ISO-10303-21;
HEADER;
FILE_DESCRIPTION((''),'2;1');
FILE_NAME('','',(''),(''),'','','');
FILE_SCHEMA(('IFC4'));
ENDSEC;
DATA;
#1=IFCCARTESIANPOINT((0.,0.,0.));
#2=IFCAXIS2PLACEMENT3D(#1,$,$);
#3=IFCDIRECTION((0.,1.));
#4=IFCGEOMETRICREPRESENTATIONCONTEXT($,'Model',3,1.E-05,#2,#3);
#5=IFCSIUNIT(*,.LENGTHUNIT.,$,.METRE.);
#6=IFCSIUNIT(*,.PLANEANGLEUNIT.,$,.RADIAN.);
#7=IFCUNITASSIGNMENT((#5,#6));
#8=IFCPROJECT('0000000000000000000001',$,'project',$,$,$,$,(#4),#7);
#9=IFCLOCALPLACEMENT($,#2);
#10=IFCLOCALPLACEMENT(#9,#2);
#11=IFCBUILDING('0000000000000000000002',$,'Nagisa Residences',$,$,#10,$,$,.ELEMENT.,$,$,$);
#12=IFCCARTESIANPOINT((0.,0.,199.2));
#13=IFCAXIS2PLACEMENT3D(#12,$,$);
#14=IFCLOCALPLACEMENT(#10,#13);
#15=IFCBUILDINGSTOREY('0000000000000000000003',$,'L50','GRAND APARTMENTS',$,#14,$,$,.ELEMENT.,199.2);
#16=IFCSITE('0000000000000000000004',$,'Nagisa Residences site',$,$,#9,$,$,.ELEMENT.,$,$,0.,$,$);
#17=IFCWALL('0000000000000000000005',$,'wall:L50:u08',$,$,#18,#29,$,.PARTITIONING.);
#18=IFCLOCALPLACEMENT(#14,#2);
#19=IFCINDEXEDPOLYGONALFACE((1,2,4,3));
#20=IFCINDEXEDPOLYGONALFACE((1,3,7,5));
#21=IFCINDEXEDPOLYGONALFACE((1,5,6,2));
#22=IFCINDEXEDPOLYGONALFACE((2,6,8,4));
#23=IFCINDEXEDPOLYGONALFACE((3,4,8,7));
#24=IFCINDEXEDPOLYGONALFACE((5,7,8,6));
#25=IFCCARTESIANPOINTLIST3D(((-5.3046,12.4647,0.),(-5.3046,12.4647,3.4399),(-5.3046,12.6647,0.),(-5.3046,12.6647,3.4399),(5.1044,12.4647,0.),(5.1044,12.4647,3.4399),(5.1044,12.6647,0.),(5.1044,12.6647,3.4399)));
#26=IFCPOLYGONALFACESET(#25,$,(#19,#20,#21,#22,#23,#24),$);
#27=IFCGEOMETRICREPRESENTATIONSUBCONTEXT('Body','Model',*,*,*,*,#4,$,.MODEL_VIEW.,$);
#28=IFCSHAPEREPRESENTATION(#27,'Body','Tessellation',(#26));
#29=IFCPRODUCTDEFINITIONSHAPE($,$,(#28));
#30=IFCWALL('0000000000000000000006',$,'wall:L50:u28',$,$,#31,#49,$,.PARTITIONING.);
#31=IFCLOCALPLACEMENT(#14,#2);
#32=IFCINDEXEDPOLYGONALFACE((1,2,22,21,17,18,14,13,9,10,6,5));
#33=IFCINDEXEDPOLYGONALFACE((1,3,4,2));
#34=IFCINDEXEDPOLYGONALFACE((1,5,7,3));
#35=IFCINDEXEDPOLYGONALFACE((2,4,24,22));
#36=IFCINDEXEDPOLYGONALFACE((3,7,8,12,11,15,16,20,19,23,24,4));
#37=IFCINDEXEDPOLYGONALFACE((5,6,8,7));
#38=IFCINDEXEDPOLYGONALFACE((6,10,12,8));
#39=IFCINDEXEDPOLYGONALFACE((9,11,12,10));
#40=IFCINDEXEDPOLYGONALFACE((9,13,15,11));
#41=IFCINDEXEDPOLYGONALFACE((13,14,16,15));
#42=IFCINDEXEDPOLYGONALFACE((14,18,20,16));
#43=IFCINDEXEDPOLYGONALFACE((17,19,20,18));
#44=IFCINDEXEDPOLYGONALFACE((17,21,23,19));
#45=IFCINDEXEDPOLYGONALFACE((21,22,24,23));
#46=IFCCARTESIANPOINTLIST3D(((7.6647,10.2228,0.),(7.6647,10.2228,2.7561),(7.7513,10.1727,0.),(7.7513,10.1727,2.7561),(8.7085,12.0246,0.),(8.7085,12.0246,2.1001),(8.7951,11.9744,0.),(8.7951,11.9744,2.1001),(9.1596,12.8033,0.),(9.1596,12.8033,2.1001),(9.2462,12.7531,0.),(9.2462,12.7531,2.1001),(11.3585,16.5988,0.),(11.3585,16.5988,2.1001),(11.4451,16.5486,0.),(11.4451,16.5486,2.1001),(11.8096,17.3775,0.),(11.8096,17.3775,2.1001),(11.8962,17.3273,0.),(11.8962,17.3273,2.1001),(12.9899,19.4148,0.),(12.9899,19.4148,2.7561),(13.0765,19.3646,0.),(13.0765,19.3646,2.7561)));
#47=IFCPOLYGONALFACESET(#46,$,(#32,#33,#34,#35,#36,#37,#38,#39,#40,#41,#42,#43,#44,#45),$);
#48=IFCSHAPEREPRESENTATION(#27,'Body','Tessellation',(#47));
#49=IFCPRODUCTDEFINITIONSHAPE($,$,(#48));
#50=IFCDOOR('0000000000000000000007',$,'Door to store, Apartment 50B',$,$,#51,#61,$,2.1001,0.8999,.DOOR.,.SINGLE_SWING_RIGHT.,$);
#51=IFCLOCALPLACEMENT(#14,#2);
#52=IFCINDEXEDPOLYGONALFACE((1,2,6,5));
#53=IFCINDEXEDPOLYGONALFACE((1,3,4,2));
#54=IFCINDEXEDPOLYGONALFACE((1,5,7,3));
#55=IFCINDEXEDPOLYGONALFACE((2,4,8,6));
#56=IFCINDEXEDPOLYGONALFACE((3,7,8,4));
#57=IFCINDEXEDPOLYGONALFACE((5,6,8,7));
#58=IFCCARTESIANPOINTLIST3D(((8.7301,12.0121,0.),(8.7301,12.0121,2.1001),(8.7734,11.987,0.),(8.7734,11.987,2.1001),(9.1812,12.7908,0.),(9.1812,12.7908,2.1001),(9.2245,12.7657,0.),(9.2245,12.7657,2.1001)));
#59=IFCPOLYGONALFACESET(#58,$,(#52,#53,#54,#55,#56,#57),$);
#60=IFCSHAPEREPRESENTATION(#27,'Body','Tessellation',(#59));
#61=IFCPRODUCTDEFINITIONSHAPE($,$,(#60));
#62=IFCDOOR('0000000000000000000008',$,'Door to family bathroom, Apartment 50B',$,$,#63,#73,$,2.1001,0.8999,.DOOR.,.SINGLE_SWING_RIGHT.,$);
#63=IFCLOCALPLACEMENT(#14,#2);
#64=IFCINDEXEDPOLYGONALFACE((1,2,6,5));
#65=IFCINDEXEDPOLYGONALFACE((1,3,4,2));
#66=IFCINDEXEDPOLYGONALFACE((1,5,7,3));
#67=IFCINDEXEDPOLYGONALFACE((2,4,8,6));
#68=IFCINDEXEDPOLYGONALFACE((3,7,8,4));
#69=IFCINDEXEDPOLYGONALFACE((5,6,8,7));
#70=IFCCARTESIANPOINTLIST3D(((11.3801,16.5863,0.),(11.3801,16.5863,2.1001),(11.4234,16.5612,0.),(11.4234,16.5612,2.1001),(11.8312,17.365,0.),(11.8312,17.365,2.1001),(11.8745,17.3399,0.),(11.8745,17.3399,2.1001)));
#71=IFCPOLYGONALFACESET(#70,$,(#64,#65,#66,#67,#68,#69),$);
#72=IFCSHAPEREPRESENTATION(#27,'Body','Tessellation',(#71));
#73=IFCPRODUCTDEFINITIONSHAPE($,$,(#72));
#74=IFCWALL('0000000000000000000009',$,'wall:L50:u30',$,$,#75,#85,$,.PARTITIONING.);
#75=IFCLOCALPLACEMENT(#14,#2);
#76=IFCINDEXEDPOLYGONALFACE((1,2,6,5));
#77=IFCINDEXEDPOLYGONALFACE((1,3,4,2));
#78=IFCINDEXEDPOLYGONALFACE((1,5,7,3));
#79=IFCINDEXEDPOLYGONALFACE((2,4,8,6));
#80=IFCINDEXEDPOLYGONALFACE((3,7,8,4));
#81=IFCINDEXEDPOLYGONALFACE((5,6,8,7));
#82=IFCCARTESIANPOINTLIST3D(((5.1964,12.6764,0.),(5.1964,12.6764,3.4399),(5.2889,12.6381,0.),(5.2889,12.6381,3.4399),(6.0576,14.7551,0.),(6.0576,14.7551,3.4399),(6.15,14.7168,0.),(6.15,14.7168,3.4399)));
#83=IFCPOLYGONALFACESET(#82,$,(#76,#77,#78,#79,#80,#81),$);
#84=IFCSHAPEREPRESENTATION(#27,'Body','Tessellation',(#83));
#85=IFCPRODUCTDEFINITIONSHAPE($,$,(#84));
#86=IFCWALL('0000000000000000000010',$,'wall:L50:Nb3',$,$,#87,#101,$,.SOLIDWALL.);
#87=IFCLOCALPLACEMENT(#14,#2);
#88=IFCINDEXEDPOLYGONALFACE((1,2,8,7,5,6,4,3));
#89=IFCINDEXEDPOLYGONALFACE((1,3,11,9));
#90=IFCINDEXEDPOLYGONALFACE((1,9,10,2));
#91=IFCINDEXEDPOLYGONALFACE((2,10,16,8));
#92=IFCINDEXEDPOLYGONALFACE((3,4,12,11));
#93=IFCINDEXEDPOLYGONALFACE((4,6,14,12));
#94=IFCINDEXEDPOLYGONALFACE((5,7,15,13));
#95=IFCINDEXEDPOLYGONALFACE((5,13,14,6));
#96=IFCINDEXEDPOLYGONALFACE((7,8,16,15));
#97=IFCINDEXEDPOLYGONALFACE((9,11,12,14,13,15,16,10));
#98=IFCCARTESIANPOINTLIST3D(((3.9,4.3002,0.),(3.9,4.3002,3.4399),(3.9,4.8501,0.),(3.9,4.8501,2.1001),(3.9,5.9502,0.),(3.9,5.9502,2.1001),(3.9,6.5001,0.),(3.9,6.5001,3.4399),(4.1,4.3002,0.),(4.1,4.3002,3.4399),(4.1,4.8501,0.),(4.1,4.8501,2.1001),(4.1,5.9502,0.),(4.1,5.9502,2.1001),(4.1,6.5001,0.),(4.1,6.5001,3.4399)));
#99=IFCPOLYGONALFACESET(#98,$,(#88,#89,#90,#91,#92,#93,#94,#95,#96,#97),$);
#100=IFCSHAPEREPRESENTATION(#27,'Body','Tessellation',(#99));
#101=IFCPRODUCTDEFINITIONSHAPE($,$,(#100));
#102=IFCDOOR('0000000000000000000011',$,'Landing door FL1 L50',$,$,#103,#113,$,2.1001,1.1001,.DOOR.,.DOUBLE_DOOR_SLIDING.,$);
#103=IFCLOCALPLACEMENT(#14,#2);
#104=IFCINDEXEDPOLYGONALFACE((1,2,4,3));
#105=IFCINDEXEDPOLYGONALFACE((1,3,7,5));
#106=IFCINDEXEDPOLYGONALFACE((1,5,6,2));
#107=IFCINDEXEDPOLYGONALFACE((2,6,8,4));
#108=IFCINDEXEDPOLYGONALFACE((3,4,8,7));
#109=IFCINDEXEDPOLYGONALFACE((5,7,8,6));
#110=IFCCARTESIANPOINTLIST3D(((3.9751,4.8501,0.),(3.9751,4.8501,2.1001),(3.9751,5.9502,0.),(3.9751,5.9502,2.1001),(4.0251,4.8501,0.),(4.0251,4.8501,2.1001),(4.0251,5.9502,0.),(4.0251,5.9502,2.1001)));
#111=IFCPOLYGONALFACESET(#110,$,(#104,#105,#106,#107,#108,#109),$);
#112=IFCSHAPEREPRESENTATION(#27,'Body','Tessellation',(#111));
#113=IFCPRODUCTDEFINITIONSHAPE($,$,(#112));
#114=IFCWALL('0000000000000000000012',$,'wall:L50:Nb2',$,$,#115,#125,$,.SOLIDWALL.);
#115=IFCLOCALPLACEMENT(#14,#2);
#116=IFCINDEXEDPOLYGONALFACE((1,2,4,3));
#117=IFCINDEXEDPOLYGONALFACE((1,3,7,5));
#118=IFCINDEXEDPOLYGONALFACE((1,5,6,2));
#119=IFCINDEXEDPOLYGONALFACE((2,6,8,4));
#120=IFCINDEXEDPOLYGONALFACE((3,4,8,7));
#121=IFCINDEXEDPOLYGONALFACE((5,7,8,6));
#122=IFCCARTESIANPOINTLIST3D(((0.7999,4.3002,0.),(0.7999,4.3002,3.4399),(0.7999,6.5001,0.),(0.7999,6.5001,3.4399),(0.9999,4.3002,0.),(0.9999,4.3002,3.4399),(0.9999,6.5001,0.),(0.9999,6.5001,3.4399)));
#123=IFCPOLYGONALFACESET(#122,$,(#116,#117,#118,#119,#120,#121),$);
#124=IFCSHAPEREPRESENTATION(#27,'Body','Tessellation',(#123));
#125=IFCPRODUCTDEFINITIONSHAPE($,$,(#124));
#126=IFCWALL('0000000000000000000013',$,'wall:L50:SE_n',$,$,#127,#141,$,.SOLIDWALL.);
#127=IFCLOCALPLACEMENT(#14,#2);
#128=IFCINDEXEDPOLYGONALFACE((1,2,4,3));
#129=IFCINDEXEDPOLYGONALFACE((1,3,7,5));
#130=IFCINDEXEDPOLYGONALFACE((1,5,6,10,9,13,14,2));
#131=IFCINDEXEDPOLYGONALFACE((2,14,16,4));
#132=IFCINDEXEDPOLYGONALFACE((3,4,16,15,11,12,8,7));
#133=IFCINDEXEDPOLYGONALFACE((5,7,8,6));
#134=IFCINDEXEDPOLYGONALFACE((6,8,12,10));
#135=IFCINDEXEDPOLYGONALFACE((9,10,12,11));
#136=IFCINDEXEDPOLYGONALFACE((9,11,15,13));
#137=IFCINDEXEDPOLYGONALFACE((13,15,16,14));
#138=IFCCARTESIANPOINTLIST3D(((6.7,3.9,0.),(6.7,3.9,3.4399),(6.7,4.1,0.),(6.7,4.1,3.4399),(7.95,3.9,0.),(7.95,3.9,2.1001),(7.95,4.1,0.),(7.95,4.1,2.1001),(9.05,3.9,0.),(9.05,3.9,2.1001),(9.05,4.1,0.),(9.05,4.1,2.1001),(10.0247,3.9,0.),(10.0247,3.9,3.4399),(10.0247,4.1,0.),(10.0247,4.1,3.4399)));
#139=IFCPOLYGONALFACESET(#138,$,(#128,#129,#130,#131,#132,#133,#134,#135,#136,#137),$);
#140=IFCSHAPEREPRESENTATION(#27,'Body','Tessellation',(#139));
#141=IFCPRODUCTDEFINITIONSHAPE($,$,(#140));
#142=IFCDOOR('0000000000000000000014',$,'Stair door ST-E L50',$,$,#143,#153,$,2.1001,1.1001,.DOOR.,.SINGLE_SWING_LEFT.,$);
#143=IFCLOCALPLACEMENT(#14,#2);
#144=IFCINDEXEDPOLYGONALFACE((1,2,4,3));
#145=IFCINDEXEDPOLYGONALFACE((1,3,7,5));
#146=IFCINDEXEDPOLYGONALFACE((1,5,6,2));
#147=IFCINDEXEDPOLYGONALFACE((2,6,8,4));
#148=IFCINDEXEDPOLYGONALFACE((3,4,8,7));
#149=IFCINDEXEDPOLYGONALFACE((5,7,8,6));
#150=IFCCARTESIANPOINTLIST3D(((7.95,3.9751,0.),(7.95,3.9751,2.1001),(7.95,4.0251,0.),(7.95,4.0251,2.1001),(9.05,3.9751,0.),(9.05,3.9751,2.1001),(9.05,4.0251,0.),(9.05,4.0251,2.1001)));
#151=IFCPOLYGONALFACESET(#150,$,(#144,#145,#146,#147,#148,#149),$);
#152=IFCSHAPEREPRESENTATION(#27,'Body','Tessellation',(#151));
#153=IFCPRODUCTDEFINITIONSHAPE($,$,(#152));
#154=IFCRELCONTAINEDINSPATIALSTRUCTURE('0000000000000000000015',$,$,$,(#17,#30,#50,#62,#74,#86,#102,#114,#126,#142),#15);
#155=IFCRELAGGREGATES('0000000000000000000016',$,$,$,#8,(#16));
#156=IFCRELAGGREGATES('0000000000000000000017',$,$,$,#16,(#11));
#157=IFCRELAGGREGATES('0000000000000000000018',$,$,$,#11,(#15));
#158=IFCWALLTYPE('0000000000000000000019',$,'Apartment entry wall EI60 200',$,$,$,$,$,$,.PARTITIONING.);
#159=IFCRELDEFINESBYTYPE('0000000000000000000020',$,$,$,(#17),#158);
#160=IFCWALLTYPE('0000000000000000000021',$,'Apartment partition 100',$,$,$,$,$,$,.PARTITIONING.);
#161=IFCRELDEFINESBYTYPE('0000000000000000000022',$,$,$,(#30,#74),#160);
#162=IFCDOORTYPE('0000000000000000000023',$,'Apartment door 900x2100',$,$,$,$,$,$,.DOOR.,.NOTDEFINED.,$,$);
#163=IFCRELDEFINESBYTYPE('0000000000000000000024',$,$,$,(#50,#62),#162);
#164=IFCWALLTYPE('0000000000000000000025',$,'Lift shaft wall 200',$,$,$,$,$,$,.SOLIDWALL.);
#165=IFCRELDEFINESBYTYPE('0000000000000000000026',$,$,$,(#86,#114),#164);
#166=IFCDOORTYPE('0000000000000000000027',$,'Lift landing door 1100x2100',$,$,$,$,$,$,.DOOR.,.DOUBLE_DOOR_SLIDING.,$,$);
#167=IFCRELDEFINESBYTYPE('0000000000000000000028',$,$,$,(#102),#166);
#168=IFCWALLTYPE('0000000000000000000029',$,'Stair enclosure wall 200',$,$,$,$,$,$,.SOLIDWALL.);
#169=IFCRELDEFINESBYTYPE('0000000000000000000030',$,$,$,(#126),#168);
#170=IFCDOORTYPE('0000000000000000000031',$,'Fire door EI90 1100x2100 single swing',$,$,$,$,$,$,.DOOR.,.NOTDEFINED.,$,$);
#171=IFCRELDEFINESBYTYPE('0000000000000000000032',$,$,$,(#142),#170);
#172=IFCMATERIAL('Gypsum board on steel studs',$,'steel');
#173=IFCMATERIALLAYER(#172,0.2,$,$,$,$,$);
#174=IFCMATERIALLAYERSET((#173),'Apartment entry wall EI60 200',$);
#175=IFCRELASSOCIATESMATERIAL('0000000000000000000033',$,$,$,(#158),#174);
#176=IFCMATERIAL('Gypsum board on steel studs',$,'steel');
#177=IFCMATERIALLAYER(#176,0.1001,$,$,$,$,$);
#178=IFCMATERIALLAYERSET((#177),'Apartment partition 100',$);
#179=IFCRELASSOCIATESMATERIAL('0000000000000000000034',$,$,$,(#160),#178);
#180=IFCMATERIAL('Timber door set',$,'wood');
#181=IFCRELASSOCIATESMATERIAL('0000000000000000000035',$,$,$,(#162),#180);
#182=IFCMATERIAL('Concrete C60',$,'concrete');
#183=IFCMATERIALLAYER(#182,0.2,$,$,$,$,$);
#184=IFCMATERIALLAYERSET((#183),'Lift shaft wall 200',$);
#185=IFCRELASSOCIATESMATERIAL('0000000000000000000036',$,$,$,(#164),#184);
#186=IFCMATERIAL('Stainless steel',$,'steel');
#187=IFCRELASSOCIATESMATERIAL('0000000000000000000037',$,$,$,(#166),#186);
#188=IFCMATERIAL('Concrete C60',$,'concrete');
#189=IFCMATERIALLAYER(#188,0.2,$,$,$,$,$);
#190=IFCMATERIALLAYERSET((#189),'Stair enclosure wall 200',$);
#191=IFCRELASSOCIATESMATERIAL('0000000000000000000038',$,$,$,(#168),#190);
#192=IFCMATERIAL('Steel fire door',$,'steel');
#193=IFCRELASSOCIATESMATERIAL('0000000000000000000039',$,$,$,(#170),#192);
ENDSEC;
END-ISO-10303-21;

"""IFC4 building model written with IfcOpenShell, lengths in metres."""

from ifc_helpers import new_model, si_unit, direction, frame, frame_2d, origin, place, context, subcontext, project, spatial, rectangle, extrude, material, layer, layer_set, type_object, element, fill, save


model = new_model("IFC4")

# Units and contexts
model_context = context("Model", 3, precision=1e-05, world=origin(), true_north=direction((0.0, 1.0)))
body_context = subcontext(model_context, "Body", "Model", "MODEL_VIEW")
ifc_project = project(units=[si_unit("LENGTHUNIT", "METRE"), si_unit("PLANEANGLEUNIT", "RADIAN")], contexts=[model_context])

# Site, building, storey
site_placement = place(None, origin())
site = spatial("IfcSite", under=ifc_project, at=site_placement, Name="Nagisa Residences site", CompositionType="ELEMENT", RefElevation=0.0)
building_placement = place(site_placement, origin())
building = spatial("IfcBuilding", under=site, at=building_placement, Name="Nagisa Residences", CompositionType="ELEMENT")
storey_placement = place(building_placement, frame((0.0, 0.0, 199.2)))
storey = spatial("IfcBuildingStorey", under=building, at=storey_placement, Name="L50", Description="GRAND APARTMENTS", CompositionType="ELEMENT", Elevation=199.2)

# Wall
ifc_material_1 = material(Name="Gypsum board on steel studs", Category="steel")
ifc_layer_1 = layer(ifc_material_1, 0.2)
ifc_layer_set_1 = layer_set([ifc_layer_1], Name="Apartment entry wall EI60 200")
wall_type_1 = type_object("IfcWallType", Name="Apartment entry wall EI60 200", PredefinedType="PARTITIONING", material=ifc_layer_set_1)
wall_1_placement = place(storey_placement, frame((5.1045, 12.5647, 0.0), z_axis=(0.0, 0.0, 1.0), x_axis=(-1.0, 0.0, 0.0)))
element("IfcWall", 1, at=wall_1_placement, inside=storey, type_object=wall_type_1, Name="wall:L50:u08", PredefinedType="PARTITIONING", context=body_context, shape_type="SweptSolid", body=[
    extrude(rectangle(XDim=10.4089, YDim=0.2, at=frame_2d((5.2046, 0.0))), origin(), (0.0, 0.0, 1.0), 3.4399),
])

# Wall, openings, doors
ifc_material_2 = material(Name="Gypsum board on steel studs", Category="steel")
ifc_layer_2 = layer(ifc_material_2, 0.1001)
ifc_layer_set_2 = layer_set([ifc_layer_2], Name="Apartment partition 100")
wall_type_2 = type_object("IfcWallType", Name="Apartment partition 100", PredefinedType="PARTITIONING", material=ifc_layer_set_2)
wall_2_placement = place(storey_placement, frame((7.708, 10.1978, 0.0), z_axis=(0.0, 0.0, 1.0), x_axis=(0.501288, 0.86528, 0.0)))
wall_2 = element("IfcWall", 2, at=wall_2_placement, inside=storey, type_object=wall_type_2, Name="wall:L50:u28", PredefinedType="PARTITIONING", context=body_context, shape_type="SweptSolid", body=[
    extrude(rectangle(XDim=10.623, YDim=0.1001, at=frame_2d((5.3115, 0.0))), origin(), (0.0, 0.0, 1.0), 2.7561),
])
opening_1_placement = place(wall_2_placement, frame((2.0823, 0.0, 0.0)))
opening_1 = element("IfcOpeningElement", 3, at=opening_1_placement, cuts=wall_2, PredefinedType="OPENING", context=body_context, shape_type="SweptSolid", body=[
    extrude(rectangle(XDim=0.8999, YDim=2.1001, at=frame_2d((0.45, 1.05))), frame((0.0, 0.0601, 0.0), z_axis=(0.0, -1.0, 0.0), x_axis=(1.0, 0.0, 0.0)), (0.0, 0.0, 1.0), 0.1201),
])
opening_2_placement = place(wall_2_placement, frame((7.3687, 0.0, 0.0)))
opening_2 = element("IfcOpeningElement", 4, at=opening_2_placement, cuts=wall_2, PredefinedType="OPENING", context=body_context, shape_type="SweptSolid", body=[
    extrude(rectangle(XDim=0.8999, YDim=2.1001, at=frame_2d((0.45, 1.05))), frame((0.0, 0.0601, 0.0), z_axis=(0.0, -1.0, 0.0), x_axis=(1.0, 0.0, 0.0)), (0.0, 0.0, 1.0), 0.1201),
])
ifc_material_3 = material(Name="Timber door set", Category="wood")
door_type_1 = type_object("IfcDoorType", Name="Apartment door 900x2100", OperationType="NOTDEFINED", PredefinedType="DOOR", material=ifc_material_3)
door_1_placement = place(opening_1_placement, frame((0.8999, 0.0, 0.0), x_axis=(-1.0, 0.0, 0.0)))
door_1 = element("IfcDoor", 5, at=door_1_placement, inside=storey, type_object=door_type_1, Name="Door to store, Apartment 50B", OperationType="SINGLE_SWING_RIGHT", OverallHeight=2.1001, OverallWidth=0.8999, PredefinedType="DOOR", context=body_context, shape_type="SweptSolid", body=[
    extrude(rectangle(XDim=0.8999, YDim=2.1001, at=frame_2d((0.45, 1.05))), frame((0.0, 0.0249, 0.0), z_axis=(0.0, -1.0, 0.0), x_axis=(1.0, 0.0, 0.0)), (0.0, 0.0, 1.0), 0.05),
])
fill(opening_1, door_1)
door_2_placement = place(opening_2_placement, frame((0.8999, 0.0, 0.0), x_axis=(-1.0, 0.0, 0.0)))
door_2 = element("IfcDoor", 6, at=door_2_placement, inside=storey, type_object=door_type_1, Name="Door to family bathroom, Apartment 50B", OperationType="SINGLE_SWING_RIGHT", OverallHeight=2.1001, OverallWidth=0.8999, PredefinedType="DOOR", context=body_context, shape_type="SweptSolid", body=[
    extrude(rectangle(XDim=0.8999, YDim=2.1001, at=frame_2d((0.45, 1.05))), frame((0.0, 0.0249, 0.0), z_axis=(0.0, -1.0, 0.0), x_axis=(1.0, 0.0, 0.0)), (0.0, 0.0, 1.0), 0.05),
])
fill(opening_2, door_2)

# Wall
wall_3_placement = place(storey_placement, frame((5.2427, 12.6572, 0.0), z_axis=(0.0, 0.0, 1.0), x_axis=(0.382719, 0.923865, 0.0)))
element("IfcWall", 7, at=wall_3_placement, inside=storey, type_object=wall_type_2, Name="wall:L50:u30", PredefinedType="PARTITIONING", context=body_context, shape_type="SweptSolid", body=[
    extrude(rectangle(XDim=2.25, YDim=0.1001, at=frame_2d((1.125, 0.0))), origin(), (0.0, 0.0, 1.0), 3.4399),
])

# Wall, opening, door
ifc_material_4 = material(Name="Concrete C60", Category="concrete")
ifc_layer_3 = layer(ifc_material_4, 0.2)
ifc_layer_set_3 = layer_set([ifc_layer_3], Name="Lift shaft wall 200")
wall_type_3 = type_object("IfcWallType", Name="Lift shaft wall 200", PredefinedType="SOLIDWALL", material=ifc_layer_set_3)
wall_4_placement = place(storey_placement, frame((4.0, 4.3, 0.0), z_axis=(0.0, 0.0, 1.0), x_axis=(0.0, 1.0, 0.0)))
wall_4 = element("IfcWall", 8, at=wall_4_placement, inside=storey, type_object=wall_type_3, Name="wall:L50:Nb3", PredefinedType="SOLIDWALL", context=body_context, shape_type="SweptSolid", body=[
    extrude(rectangle(XDim=2.2, YDim=0.2, at=frame_2d((1.1001, 0.0))), origin(), (0.0, 0.0, 1.0), 3.4399),
])
opening_3_placement = place(wall_4_placement, frame((0.55, 0.0, 0.0)))
opening_3 = element("IfcOpeningElement", 9, at=opening_3_placement, cuts=wall_4, PredefinedType="OPENING", context=body_context, shape_type="SweptSolid", body=[
    extrude(rectangle(XDim=1.1001, YDim=2.1001, at=frame_2d((0.55, 1.05))), frame((0.0, 0.1099, 0.0), z_axis=(0.0, -1.0, 0.0), x_axis=(1.0, 0.0, 0.0)), (0.0, 0.0, 1.0), 0.22),
])
ifc_material_5 = material(Name="Stainless steel", Category="steel")
door_type_2 = type_object("IfcDoorType", Name="Lift landing door 1100x2100", OperationType="DOUBLE_DOOR_SLIDING", PredefinedType="DOOR", material=ifc_material_5)
door_3_placement = place(opening_3_placement, origin())
door_3 = element("IfcDoor", 10, at=door_3_placement, inside=storey, type_object=door_type_2, Name="Landing door FL1 L50", OperationType="DOUBLE_DOOR_SLIDING", OverallHeight=2.1001, OverallWidth=1.1001, PredefinedType="DOOR", context=body_context, shape_type="SweptSolid", body=[
    extrude(rectangle(XDim=1.1001, YDim=2.1001, at=frame_2d((0.55, 1.05))), frame((0.0, 0.0249, 0.0), z_axis=(0.0, -1.0, 0.0), x_axis=(1.0, 0.0, 0.0)), (0.0, 0.0, 1.0), 0.05),
])
fill(opening_3, door_3)

# Wall
wall_5_placement = place(storey_placement, frame((0.8999, 4.3, 0.0), z_axis=(0.0, 0.0, 1.0), x_axis=(0.0, 1.0, 0.0)))
element("IfcWall", 11, at=wall_5_placement, inside=storey, type_object=wall_type_3, Name="wall:L50:Nb2", PredefinedType="SOLIDWALL", context=body_context, shape_type="SweptSolid", body=[
    extrude(rectangle(XDim=2.2, YDim=0.2, at=frame_2d((1.1001, 0.0))), origin(), (0.0, 0.0, 1.0), 3.4399),
])

# Wall, opening, door
ifc_material_6 = material(Name="Concrete C60", Category="concrete")
ifc_layer_4 = layer(ifc_material_6, 0.2)
ifc_layer_set_4 = layer_set([ifc_layer_4], Name="Stair enclosure wall 200")
wall_type_4 = type_object("IfcWallType", Name="Stair enclosure wall 200", PredefinedType="SOLIDWALL", material=ifc_layer_set_4)
wall_6_placement = place(storey_placement, frame((6.7, 4.0, 0.0), z_axis=(0.0, 0.0, 1.0), x_axis=(1.0, 0.0, 0.0)))
wall_6 = element("IfcWall", 12, at=wall_6_placement, inside=storey, type_object=wall_type_4, Name="wall:L50:SE_n", PredefinedType="SOLIDWALL", context=body_context, shape_type="SweptSolid", body=[
    extrude(rectangle(XDim=3.3247, YDim=0.2, at=frame_2d((1.6624, 0.0))), origin(), (0.0, 0.0, 1.0), 3.4399),
])
opening_4_placement = place(wall_6_placement, frame((1.25, 0.0, 0.0)))
opening_4 = element("IfcOpeningElement", 13, at=opening_4_placement, cuts=wall_6, PredefinedType="OPENING", context=body_context, shape_type="SweptSolid", body=[
    extrude(rectangle(XDim=1.1001, YDim=2.1001, at=frame_2d((0.55, 1.05))), frame((0.0, 0.1099, 0.0), z_axis=(0.0, -1.0, 0.0), x_axis=(1.0, 0.0, 0.0)), (0.0, 0.0, 1.0), 0.22),
])
ifc_material_7 = material(Name="Steel fire door", Category="steel")
door_type_3 = type_object("IfcDoorType", Name="Fire door EI90 1100x2100 single swing", OperationType="NOTDEFINED", PredefinedType="DOOR", material=ifc_material_7)
door_4_placement = place(opening_4_placement, frame((1.1001, 0.0, 0.0), x_axis=(-1.0, 0.0, 0.0)))
door_4 = element("IfcDoor", 14, at=door_4_placement, inside=storey, type_object=door_type_3, Name="Stair door ST-E L50", OperationType="SINGLE_SWING_LEFT", OverallHeight=2.1001, OverallWidth=1.1001, PredefinedType="DOOR", context=body_context, shape_type="SweptSolid", body=[
    extrude(rectangle(XDim=1.1001, YDim=2.1001, at=frame_2d((0.55, 1.05))), frame((0.0, 0.0249, 0.0), z_axis=(0.0, -1.0, 0.0), x_axis=(1.0, 0.0, 0.0)), (0.0, 0.0, 1.0), 0.05),
])
fill(opening_4, door_4)

save(model, "model.ifc")
